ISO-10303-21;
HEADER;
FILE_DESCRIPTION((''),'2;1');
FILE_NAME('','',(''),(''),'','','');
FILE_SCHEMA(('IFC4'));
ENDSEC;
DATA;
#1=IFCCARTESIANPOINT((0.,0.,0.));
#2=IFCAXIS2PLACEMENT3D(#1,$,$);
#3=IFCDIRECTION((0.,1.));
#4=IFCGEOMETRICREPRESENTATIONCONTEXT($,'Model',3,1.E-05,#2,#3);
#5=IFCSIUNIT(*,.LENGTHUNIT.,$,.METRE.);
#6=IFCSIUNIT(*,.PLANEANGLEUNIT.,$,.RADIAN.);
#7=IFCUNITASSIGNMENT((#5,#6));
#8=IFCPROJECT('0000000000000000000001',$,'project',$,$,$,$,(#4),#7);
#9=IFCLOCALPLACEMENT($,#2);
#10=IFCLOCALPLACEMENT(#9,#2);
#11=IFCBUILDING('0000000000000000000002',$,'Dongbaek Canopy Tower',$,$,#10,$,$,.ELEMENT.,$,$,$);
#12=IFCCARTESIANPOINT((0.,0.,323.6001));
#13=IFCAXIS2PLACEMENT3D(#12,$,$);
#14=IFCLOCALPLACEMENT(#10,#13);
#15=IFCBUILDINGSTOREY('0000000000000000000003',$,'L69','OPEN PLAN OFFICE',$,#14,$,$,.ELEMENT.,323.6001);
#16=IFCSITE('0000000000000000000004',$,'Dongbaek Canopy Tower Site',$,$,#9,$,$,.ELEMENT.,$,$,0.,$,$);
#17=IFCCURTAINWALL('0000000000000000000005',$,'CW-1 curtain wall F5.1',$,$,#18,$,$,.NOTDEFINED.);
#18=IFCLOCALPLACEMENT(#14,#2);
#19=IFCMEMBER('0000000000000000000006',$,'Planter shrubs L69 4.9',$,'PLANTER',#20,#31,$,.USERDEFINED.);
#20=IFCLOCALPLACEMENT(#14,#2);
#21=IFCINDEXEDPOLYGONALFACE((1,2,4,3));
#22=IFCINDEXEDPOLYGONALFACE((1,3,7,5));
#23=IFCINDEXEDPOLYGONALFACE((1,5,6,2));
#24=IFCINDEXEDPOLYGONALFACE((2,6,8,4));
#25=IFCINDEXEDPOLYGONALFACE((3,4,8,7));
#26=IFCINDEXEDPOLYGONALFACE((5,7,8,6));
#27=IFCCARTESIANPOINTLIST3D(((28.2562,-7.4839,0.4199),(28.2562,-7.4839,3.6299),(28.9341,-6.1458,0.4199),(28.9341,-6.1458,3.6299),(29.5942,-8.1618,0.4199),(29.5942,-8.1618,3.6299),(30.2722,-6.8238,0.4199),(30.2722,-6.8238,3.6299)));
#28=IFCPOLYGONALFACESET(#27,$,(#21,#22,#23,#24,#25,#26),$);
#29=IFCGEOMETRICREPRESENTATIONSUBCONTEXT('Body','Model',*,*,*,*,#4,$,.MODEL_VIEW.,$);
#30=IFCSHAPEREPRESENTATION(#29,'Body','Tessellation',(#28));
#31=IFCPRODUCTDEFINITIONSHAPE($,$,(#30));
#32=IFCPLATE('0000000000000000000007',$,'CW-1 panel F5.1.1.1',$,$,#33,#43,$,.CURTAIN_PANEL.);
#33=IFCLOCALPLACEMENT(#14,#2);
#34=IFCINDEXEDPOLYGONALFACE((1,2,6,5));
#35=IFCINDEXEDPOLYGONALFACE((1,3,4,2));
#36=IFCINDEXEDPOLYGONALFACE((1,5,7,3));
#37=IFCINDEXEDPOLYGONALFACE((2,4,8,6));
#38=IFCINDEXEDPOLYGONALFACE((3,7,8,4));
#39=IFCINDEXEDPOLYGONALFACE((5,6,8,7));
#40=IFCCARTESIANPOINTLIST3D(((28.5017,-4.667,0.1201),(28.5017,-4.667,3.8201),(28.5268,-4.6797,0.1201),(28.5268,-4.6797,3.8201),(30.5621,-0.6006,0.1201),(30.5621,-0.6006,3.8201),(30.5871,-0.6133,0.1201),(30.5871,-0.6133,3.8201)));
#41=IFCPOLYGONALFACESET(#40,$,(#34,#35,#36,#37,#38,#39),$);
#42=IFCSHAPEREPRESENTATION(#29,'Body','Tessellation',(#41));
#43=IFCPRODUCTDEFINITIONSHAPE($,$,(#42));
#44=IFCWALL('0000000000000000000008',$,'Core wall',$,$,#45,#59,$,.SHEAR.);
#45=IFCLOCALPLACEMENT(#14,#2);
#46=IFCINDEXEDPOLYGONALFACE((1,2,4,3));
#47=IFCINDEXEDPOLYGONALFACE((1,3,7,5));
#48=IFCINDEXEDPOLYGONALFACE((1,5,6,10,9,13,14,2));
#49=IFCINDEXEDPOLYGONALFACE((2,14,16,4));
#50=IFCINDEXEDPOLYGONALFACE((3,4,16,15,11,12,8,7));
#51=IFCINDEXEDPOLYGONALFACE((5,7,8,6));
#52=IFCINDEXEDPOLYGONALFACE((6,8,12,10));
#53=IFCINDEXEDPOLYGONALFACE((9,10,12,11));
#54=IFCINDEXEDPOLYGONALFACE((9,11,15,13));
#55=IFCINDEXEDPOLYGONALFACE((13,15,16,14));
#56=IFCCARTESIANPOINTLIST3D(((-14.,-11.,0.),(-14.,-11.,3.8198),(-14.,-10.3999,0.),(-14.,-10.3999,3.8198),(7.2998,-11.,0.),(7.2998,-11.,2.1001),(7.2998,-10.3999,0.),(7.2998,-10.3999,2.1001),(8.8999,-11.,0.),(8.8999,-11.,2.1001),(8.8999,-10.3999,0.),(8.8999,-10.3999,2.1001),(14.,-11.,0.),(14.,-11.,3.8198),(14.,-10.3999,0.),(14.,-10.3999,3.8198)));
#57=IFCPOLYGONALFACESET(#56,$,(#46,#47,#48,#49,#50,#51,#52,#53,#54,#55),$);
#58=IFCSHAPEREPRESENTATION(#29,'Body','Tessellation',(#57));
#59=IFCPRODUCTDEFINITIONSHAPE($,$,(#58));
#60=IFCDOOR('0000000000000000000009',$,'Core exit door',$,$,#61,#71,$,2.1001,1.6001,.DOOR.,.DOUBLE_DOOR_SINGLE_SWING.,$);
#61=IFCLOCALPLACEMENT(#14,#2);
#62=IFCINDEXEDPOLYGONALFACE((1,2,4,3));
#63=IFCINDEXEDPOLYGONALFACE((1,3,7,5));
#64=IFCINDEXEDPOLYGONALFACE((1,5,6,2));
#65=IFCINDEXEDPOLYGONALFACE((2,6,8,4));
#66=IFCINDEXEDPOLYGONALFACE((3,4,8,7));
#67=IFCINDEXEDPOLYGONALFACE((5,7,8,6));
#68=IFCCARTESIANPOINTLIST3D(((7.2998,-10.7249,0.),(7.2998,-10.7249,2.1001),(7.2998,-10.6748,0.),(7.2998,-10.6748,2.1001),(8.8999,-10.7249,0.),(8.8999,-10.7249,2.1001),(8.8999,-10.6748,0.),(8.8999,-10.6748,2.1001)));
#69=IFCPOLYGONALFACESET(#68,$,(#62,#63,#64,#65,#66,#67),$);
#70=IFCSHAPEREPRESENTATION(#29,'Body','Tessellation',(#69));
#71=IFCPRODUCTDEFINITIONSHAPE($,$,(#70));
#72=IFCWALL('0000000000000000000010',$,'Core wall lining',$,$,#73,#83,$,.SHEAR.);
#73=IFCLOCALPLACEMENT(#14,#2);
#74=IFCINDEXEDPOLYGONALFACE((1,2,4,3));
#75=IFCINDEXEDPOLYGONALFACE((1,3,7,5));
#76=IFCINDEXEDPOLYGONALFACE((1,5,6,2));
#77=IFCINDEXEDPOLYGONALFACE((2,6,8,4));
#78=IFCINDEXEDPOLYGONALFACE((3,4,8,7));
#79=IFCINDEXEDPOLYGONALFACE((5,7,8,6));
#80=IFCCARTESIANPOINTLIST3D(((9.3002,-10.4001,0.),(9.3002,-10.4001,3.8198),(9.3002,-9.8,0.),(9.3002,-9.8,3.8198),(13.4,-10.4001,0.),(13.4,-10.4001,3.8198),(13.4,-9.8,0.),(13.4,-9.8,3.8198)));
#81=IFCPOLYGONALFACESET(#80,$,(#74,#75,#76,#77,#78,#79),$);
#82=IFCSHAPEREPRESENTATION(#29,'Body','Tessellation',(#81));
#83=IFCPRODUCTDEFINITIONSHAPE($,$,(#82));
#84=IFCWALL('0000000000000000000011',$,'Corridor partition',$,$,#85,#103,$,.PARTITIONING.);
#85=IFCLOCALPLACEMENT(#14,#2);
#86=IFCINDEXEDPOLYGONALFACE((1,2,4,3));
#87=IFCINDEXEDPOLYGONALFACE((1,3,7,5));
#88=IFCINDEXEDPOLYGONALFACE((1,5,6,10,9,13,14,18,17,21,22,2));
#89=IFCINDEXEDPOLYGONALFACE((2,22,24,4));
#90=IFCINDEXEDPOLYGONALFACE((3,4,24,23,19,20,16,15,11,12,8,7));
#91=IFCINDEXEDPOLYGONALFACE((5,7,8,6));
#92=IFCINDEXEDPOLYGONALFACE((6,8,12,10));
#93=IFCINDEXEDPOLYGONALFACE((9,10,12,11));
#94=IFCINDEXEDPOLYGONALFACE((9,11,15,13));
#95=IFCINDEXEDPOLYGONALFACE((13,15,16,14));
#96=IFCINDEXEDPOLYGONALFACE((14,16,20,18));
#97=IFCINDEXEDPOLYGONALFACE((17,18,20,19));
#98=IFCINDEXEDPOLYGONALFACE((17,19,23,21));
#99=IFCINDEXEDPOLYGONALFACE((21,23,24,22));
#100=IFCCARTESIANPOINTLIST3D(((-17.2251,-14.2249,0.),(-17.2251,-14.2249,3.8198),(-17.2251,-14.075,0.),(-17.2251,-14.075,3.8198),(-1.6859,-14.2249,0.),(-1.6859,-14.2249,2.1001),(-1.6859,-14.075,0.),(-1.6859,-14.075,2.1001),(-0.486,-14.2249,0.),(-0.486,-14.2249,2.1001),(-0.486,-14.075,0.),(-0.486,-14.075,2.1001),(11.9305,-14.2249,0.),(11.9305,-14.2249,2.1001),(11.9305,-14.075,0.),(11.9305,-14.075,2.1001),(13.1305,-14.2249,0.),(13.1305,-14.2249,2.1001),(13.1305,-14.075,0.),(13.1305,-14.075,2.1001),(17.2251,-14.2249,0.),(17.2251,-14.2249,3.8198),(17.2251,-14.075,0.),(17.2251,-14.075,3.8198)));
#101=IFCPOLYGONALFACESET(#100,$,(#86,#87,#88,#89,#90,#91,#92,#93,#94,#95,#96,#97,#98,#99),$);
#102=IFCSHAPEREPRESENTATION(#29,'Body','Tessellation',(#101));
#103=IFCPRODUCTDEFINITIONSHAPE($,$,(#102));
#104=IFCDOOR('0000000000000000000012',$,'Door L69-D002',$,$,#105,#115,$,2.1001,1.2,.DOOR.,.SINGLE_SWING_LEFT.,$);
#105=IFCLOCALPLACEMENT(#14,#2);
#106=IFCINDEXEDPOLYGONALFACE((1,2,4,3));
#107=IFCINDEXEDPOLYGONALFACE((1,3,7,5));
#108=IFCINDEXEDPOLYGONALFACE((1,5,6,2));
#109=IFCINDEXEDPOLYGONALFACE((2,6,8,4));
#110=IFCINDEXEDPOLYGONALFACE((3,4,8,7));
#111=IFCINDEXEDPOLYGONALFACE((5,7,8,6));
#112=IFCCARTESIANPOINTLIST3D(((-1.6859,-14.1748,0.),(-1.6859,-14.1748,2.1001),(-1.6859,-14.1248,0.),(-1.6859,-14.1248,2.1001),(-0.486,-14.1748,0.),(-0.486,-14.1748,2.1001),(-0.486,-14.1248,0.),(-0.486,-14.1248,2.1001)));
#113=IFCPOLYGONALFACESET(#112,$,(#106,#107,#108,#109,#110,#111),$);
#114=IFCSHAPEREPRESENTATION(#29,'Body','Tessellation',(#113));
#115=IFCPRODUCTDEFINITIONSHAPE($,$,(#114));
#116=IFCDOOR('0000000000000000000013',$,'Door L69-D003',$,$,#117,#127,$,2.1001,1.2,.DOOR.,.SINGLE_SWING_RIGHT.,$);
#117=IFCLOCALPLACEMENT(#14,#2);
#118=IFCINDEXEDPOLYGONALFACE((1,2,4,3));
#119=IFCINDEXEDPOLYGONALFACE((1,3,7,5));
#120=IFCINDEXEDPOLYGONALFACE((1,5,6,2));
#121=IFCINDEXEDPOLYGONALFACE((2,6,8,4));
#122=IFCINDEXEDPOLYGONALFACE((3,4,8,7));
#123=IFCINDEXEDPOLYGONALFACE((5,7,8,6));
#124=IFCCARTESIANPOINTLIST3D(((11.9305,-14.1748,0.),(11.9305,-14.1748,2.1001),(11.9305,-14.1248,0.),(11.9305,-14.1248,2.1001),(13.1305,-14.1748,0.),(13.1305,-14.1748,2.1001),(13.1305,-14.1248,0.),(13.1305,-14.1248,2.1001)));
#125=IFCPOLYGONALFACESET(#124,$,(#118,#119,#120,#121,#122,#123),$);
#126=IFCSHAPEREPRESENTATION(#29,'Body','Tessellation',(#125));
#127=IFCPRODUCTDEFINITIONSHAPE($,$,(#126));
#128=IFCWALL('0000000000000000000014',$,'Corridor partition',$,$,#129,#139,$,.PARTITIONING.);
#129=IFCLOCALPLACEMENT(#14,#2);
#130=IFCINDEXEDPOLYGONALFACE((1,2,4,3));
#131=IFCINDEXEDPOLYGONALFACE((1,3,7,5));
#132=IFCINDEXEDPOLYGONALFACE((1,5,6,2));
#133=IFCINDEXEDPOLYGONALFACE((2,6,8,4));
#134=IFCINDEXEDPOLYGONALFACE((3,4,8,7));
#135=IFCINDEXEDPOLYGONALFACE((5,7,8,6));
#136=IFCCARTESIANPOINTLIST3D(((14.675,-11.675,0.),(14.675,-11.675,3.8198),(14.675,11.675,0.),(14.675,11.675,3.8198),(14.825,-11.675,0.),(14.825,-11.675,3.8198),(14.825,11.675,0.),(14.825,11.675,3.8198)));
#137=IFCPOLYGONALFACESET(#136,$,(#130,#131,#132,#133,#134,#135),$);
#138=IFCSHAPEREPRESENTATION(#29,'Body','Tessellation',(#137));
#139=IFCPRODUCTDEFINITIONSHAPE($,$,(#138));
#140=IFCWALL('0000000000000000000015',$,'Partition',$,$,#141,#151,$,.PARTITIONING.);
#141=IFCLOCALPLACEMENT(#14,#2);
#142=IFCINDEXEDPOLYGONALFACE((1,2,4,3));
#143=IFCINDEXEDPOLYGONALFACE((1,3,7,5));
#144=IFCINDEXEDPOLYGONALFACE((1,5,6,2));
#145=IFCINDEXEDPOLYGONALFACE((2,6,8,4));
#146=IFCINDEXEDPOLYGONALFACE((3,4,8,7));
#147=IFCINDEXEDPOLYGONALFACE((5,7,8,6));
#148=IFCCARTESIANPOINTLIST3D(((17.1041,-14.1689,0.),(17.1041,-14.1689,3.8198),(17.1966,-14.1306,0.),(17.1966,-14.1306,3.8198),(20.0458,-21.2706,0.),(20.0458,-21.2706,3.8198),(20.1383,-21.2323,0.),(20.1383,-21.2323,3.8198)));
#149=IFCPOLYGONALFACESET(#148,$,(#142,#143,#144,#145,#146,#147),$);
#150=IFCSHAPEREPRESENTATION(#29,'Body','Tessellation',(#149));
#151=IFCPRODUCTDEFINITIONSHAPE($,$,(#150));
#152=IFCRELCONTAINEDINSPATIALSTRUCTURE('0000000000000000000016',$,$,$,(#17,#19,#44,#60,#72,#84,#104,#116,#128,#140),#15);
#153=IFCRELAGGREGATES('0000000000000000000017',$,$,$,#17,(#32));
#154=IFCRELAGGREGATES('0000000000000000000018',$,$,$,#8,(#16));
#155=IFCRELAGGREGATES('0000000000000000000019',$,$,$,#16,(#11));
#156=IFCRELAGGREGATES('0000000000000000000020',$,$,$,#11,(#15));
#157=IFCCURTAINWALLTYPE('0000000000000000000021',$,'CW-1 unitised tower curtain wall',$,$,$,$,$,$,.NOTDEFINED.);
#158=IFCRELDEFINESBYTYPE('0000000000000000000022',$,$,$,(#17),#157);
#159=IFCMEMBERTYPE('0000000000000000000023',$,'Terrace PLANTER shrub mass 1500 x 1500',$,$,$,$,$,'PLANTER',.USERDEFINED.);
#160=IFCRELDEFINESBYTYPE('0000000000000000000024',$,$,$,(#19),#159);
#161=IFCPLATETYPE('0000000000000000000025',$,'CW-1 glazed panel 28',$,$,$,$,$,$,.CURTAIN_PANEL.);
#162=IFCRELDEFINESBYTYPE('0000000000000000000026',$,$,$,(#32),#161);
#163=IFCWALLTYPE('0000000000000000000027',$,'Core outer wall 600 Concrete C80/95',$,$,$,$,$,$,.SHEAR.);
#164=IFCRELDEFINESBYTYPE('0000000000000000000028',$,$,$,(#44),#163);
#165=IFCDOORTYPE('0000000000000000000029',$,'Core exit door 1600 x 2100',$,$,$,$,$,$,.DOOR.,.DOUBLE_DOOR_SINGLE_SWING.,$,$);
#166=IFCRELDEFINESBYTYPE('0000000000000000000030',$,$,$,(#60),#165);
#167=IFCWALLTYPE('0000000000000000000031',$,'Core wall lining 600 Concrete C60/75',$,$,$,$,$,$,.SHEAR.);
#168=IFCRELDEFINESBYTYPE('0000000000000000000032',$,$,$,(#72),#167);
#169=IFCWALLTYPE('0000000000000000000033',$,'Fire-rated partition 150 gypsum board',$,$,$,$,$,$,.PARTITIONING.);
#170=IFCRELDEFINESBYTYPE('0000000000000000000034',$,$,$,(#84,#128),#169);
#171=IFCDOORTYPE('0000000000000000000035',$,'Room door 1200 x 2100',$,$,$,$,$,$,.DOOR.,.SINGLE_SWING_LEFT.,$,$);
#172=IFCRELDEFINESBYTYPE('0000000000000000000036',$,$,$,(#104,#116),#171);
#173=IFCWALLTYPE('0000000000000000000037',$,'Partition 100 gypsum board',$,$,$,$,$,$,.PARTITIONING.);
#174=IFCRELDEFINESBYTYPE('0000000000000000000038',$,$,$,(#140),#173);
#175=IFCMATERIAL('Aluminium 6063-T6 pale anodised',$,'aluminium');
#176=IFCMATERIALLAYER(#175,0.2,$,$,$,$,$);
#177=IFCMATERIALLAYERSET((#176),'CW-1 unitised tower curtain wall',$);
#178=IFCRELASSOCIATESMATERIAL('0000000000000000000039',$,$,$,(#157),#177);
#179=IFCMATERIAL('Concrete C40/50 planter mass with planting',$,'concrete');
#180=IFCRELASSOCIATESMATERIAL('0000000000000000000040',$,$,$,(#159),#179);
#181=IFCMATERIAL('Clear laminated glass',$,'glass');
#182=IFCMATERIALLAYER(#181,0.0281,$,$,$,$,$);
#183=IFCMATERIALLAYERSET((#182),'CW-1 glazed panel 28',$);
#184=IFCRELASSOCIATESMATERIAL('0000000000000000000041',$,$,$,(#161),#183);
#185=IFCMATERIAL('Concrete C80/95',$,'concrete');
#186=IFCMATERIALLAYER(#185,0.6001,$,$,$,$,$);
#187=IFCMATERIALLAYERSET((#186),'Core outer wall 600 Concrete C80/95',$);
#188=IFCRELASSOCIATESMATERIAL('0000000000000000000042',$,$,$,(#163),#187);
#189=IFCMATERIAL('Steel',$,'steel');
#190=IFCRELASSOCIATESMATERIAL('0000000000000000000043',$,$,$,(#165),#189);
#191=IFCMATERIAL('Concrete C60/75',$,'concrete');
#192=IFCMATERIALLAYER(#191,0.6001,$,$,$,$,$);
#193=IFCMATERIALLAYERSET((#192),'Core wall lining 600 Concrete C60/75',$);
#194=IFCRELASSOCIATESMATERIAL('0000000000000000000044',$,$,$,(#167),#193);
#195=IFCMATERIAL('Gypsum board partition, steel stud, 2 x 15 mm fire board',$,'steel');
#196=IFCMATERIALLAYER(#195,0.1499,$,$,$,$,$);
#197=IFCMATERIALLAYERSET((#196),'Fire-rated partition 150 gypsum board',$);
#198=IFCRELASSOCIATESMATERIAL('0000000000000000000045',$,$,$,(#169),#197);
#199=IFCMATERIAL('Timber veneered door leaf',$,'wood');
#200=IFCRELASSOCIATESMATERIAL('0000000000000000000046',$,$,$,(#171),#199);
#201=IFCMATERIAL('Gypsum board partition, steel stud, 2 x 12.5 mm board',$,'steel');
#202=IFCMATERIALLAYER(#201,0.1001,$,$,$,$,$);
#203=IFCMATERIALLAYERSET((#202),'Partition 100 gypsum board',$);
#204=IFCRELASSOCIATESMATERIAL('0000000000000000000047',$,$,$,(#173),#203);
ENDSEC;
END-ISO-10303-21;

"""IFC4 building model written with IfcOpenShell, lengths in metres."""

from ifc_helpers import new_model, si_unit, direction, frame, frame_2d, origin, origin_2d, place, context, subcontext, project, spatial, rectangle, extrude, material, layer, layer_set, material_profile, profile_set, type_object, element, fill, aggregate, save


model = new_model("IFC4")

# Units and contexts
model_context = context("Model", 3, precision=1e-05, world=origin(), true_north=direction((0.0, 1.0)))
body_context = subcontext(model_context, "Body", "Model", "MODEL_VIEW")
ifc_project = project(units=[si_unit("LENGTHUNIT", "METRE"), si_unit("PLANEANGLEUNIT", "RADIAN")], contexts=[model_context])

# Site, building, storey
site_placement = place(None, origin())
site = spatial("IfcSite", under=ifc_project, at=site_placement, Name="Dongbaek Canopy Tower Site", CompositionType="ELEMENT", RefElevation=0.0)
building_placement = place(site_placement, origin())
building = spatial("IfcBuilding", under=site, at=building_placement, Name="Dongbaek Canopy Tower", CompositionType="ELEMENT")
storey_placement = place(building_placement, frame((0.0, 0.0, 323.6001)))
storey = spatial("IfcBuildingStorey", under=building, at=storey_placement, Name="L69", Description="OPEN PLAN OFFICE", CompositionType="ELEMENT", Elevation=323.6001)

# Curtain wall
ifc_material_1 = material(Name="Aluminium 6063-T6 pale anodised", Category="aluminium")
ifc_layer_1 = layer(ifc_material_1, 0.2)
ifc_layer_set_1 = layer_set([ifc_layer_1], Name="CW-1 unitised tower curtain wall")
curtain_wall_type = type_object("IfcCurtainWallType", Name="CW-1 unitised tower curtain wall", PredefinedType="NOTDEFINED", material=ifc_layer_set_1)
curtain_wall_placement = place(storey_placement, origin())
curtain_wall = element("IfcCurtainWall", 1, at=curtain_wall_placement, inside=storey, type_object=curtain_wall_type, Name="CW-1 curtain wall F5.1", PredefinedType="NOTDEFINED")

# Member
ifc_material_2 = material(Name="Concrete C40/50 planter mass with planting", Category="concrete")
ifc_material_profile_1 = material_profile(ifc_material_2, rectangle(XDim=1.5, YDim=1.5, at=origin_2d()), Name="Terrace PLANTER shrub mass 1500 x 1500")
ifc_profile_set_1 = profile_set([ifc_material_profile_1], Name="Concrete C40/50 planter mass with planting")
member_type_1 = type_object("IfcMemberType", Name="Terrace PLANTER shrub mass 1500 x 1500", ElementType="PLANTER", PredefinedType="USERDEFINED", material=ifc_profile_set_1)
member_1_placement = place(storey_placement, frame((29.2642, -7.1538, 0.4199), z_axis=(0.0, 0.0, 1.0), x_axis=(0.892033, -0.45197, 0.0)))
element("IfcMember", 2, at=member_1_placement, inside=storey, type_object=member_type_1, Name="Planter shrubs L69 4.9", ObjectType="PLANTER", PredefinedType="USERDEFINED", context=body_context, shape_type="SweptSolid", body=[
    extrude(rectangle(XDim=1.5, YDim=1.5, at=origin_2d()), origin(), (0.0, 0.0, 1.0), 3.21),
])

# Plate
ifc_material_3 = material(Name="Clear laminated glass", Category="glass")
ifc_layer_2 = layer(ifc_material_3, 0.0281)
ifc_layer_set_2 = layer_set([ifc_layer_2], Name="CW-1 glazed panel 28")
plate_type = type_object("IfcPlateType", Name="CW-1 glazed panel 28", PredefinedType="CURTAIN_PANEL", material=ifc_layer_set_2)
plate_placement = place(storey_placement, frame((29.5444, -2.6401, 0.1201), z_axis=(0.0, 0.0, 1.0), x_axis=(0.45197, 0.892033, 0.0)))
plate = element("IfcPlate", 3, at=plate_placement, type_object=plate_type, Name="CW-1 panel F5.1.1.1", PredefinedType="CURTAIN_PANEL", context=body_context, shape_type="SweptSolid", body=[
    extrude(rectangle(XDim=4.5586, YDim=0.0281, at=origin_2d()), origin(), (0.0, 0.0, 1.0), 3.7),
])
aggregate(curtain_wall, [plate])

# Wall, opening, door
ifc_material_4 = material(Name="Concrete C80/95", Category="concrete")
ifc_layer_3 = layer(ifc_material_4, 0.6001)
ifc_layer_set_3 = layer_set([ifc_layer_3], Name="Core outer wall 600 Concrete C80/95")
wall_type_1 = type_object("IfcWallType", Name="Core outer wall 600 Concrete C80/95", PredefinedType="SHEAR", material=ifc_layer_set_3)
wall_1_placement = place(storey_placement, frame((14.0, -10.7, 0.0), z_axis=(0.0, 0.0, 1.0), x_axis=(-1.0, 0.0, 0.0)))
wall_1 = element("IfcWall", 4, at=wall_1_placement, inside=storey, type_object=wall_type_1, Name="Core wall", PredefinedType="SHEAR", context=body_context, shape_type="SweptSolid", body=[
    extrude(rectangle(XDim=28.0, YDim=0.6001, at=frame_2d((14.0, 0.0))), origin(), (0.0, 0.0, 1.0), 3.8198),
])
opening_1_placement = place(wall_1_placement, frame((5.1001, 0.0, 0.0)))
opening_1 = element("IfcOpeningElement", 5, at=opening_1_placement, cuts=wall_1, PredefinedType="OPENING", context=body_context, shape_type="SweptSolid", body=[
    extrude(rectangle(XDim=1.6001, YDim=2.1001, at=frame_2d((0.8, 1.05))), frame((0.0, 0.3101, 0.0), z_axis=(0.0, -1.0, 0.0), x_axis=(1.0, 0.0, 0.0)), (0.0, 0.0, 1.0), 0.6201),
])
ifc_material_5 = material(Name="Steel", Category="steel")
door_type_1 = type_object("IfcDoorType", Name="Core exit door 1600 x 2100", OperationType="DOUBLE_DOOR_SINGLE_SWING", PredefinedType="DOOR", material=ifc_material_5)
door_1_placement = place(opening_1_placement, origin())
door_1 = element("IfcDoor", 6, at=door_1_placement, inside=storey, type_object=door_type_1, Name="Core exit door", OperationType="DOUBLE_DOOR_SINGLE_SWING", OverallHeight=2.1001, OverallWidth=1.6001, PredefinedType="DOOR", context=body_context, shape_type="SweptSolid", body=[
    extrude(rectangle(XDim=1.6001, YDim=2.1001, at=frame_2d((0.8, 1.05))), frame((0.0, 0.0249, 0.0), z_axis=(0.0, -1.0, 0.0), x_axis=(1.0, 0.0, 0.0)), (0.0, 0.0, 1.0), 0.05),
])
fill(opening_1, door_1)

# Wall
ifc_material_6 = material(Name="Concrete C60/75", Category="concrete")
ifc_layer_4 = layer(ifc_material_6, 0.6001)
ifc_layer_set_4 = layer_set([ifc_layer_4], Name="Core wall lining 600 Concrete C60/75")
wall_type_2 = type_object("IfcWallType", Name="Core wall lining 600 Concrete C60/75", PredefinedType="SHEAR", material=ifc_layer_set_4)
wall_2_placement = place(storey_placement, frame((13.3999, -10.1001, 0.0), z_axis=(0.0, 0.0, 1.0), x_axis=(-1.0, 0.0, 0.0)))
element("IfcWall", 7, at=wall_2_placement, inside=storey, type_object=wall_type_2, Name="Core wall lining", PredefinedType="SHEAR", context=body_context, shape_type="SweptSolid", body=[
    extrude(rectangle(XDim=4.0999, YDim=0.6001, at=frame_2d((2.0498, 0.0))), origin(), (0.0, 0.0, 1.0), 3.8198),
])

# Wall, openings, doors
ifc_material_7 = material(Name="Gypsum board partition, steel stud, 2 x 15 mm fire board", Category="steel")
ifc_layer_5 = layer(ifc_material_7, 0.1499)
ifc_layer_set_5 = layer_set([ifc_layer_5], Name="Fire-rated partition 150 gypsum board")
wall_type_3 = type_object("IfcWallType", Name="Fire-rated partition 150 gypsum board", PredefinedType="PARTITIONING", material=ifc_layer_set_5)
wall_3_placement = place(storey_placement, frame((17.2251, -14.1499, 0.0), z_axis=(0.0, 0.0, 1.0), x_axis=(-1.0, 0.0, 0.0)))
wall_3 = element("IfcWall", 8, at=wall_3_placement, inside=storey, type_object=wall_type_3, Name="Corridor partition", PredefinedType="PARTITIONING", context=body_context, shape_type="SweptSolid", body=[
    extrude(rectangle(XDim=34.4502, YDim=0.1499, at=frame_2d((17.2251, 0.0))), origin(), (0.0, 0.0, 1.0), 3.8198),
])
opening_2_placement = place(wall_3_placement, frame((17.7109, 0.0, 0.0)))
opening_2 = element("IfcOpeningElement", 9, at=opening_2_placement, cuts=wall_3, PredefinedType="OPENING", context=body_context, shape_type="SweptSolid", body=[
    extrude(rectangle(XDim=1.2, YDim=2.1001, at=frame_2d((0.6001, 1.05))), frame((0.0, 0.085, 0.0), z_axis=(0.0, -1.0, 0.0), x_axis=(1.0, 0.0, 0.0)), (0.0, 0.0, 1.0), 0.1699),
])
opening_3_placement = place(wall_3_placement, frame((4.0945, 0.0, 0.0)))
opening_3 = element("IfcOpeningElement", 10, at=opening_3_placement, cuts=wall_3, PredefinedType="OPENING", context=body_context, shape_type="SweptSolid", body=[
    extrude(rectangle(XDim=1.2, YDim=2.1001, at=frame_2d((0.6001, 1.05))), frame((0.0, 0.085, 0.0), z_axis=(0.0, -1.0, 0.0), x_axis=(1.0, 0.0, 0.0)), (0.0, 0.0, 1.0), 0.1699),
])
ifc_material_8 = material(Name="Timber veneered door leaf", Category="wood")
door_type_2 = type_object("IfcDoorType", Name="Room door 1200 x 2100", OperationType="SINGLE_SWING_LEFT", PredefinedType="DOOR", material=ifc_material_8)
door_2_placement = place(opening_2_placement, origin())
door_2 = element("IfcDoor", 11, at=door_2_placement, inside=storey, type_object=door_type_2, Name="Door L69-D002", OperationType="SINGLE_SWING_LEFT", OverallHeight=2.1001, OverallWidth=1.2, PredefinedType="DOOR", context=body_context, shape_type="SweptSolid", body=[
    extrude(rectangle(XDim=1.2, YDim=2.1001, at=frame_2d((0.6001, 1.05))), frame((0.0, 0.0249, 0.0), z_axis=(0.0, -1.0, 0.0), x_axis=(1.0, 0.0, 0.0)), (0.0, 0.0, 1.0), 0.05),
])
fill(opening_2, door_2)
door_3_placement = place(opening_3_placement, origin())
door_3 = element("IfcDoor", 12, at=door_3_placement, inside=storey, type_object=door_type_2, Name="Door L69-D003", OperationType="SINGLE_SWING_RIGHT", OverallHeight=2.1001, OverallWidth=1.2, PredefinedType="DOOR", context=body_context, shape_type="SweptSolid", body=[
    extrude(rectangle(XDim=1.2, YDim=2.1001, at=frame_2d((0.6001, 1.05))), frame((0.0, 0.0249, 0.0), z_axis=(0.0, -1.0, 0.0), x_axis=(1.0, 0.0, 0.0)), (0.0, 0.0, 1.0), 0.05),
])
fill(opening_3, door_3)

# Walls
wall_4_placement = place(storey_placement, frame((14.75, -11.675, 0.0), z_axis=(0.0, 0.0, 1.0), x_axis=(0.0, 1.0, 0.0)))
element("IfcWall", 13, at=wall_4_placement, inside=storey, type_object=wall_type_3, Name="Corridor partition", PredefinedType="PARTITIONING", context=body_context, shape_type="SweptSolid", body=[
    extrude(rectangle(XDim=23.3501, YDim=0.1499, at=frame_2d((11.675, 0.0))), origin(), (0.0, 0.0, 1.0), 3.8198),
])
ifc_material_9 = material(Name="Gypsum board partition, steel stud, 2 x 12.5 mm board", Category="steel")
ifc_layer_6 = layer(ifc_material_9, 0.1001)
ifc_layer_set_6 = layer_set([ifc_layer_6], Name="Partition 100 gypsum board")
wall_type_4 = type_object("IfcWallType", Name="Partition 100 gypsum board", PredefinedType="PARTITIONING", material=ifc_layer_set_6)
wall_5_placement = place(storey_placement, frame((17.1504, -14.1499, 0.0), z_axis=(0.0, 0.0, 1.0), x_axis=(0.382693, -0.923876, 0.0)))
element("IfcWall", 14, at=wall_5_placement, inside=storey, type_object=wall_type_4, Name="Partition", PredefinedType="PARTITIONING", context=body_context, shape_type="SweptSolid", body=[
    extrude(rectangle(XDim=7.6868, YDim=0.1001, at=frame_2d((3.8433, 0.0))), origin(), (0.0, 0.0, 1.0), 3.8198),
])

save(model, "model.ifc")
